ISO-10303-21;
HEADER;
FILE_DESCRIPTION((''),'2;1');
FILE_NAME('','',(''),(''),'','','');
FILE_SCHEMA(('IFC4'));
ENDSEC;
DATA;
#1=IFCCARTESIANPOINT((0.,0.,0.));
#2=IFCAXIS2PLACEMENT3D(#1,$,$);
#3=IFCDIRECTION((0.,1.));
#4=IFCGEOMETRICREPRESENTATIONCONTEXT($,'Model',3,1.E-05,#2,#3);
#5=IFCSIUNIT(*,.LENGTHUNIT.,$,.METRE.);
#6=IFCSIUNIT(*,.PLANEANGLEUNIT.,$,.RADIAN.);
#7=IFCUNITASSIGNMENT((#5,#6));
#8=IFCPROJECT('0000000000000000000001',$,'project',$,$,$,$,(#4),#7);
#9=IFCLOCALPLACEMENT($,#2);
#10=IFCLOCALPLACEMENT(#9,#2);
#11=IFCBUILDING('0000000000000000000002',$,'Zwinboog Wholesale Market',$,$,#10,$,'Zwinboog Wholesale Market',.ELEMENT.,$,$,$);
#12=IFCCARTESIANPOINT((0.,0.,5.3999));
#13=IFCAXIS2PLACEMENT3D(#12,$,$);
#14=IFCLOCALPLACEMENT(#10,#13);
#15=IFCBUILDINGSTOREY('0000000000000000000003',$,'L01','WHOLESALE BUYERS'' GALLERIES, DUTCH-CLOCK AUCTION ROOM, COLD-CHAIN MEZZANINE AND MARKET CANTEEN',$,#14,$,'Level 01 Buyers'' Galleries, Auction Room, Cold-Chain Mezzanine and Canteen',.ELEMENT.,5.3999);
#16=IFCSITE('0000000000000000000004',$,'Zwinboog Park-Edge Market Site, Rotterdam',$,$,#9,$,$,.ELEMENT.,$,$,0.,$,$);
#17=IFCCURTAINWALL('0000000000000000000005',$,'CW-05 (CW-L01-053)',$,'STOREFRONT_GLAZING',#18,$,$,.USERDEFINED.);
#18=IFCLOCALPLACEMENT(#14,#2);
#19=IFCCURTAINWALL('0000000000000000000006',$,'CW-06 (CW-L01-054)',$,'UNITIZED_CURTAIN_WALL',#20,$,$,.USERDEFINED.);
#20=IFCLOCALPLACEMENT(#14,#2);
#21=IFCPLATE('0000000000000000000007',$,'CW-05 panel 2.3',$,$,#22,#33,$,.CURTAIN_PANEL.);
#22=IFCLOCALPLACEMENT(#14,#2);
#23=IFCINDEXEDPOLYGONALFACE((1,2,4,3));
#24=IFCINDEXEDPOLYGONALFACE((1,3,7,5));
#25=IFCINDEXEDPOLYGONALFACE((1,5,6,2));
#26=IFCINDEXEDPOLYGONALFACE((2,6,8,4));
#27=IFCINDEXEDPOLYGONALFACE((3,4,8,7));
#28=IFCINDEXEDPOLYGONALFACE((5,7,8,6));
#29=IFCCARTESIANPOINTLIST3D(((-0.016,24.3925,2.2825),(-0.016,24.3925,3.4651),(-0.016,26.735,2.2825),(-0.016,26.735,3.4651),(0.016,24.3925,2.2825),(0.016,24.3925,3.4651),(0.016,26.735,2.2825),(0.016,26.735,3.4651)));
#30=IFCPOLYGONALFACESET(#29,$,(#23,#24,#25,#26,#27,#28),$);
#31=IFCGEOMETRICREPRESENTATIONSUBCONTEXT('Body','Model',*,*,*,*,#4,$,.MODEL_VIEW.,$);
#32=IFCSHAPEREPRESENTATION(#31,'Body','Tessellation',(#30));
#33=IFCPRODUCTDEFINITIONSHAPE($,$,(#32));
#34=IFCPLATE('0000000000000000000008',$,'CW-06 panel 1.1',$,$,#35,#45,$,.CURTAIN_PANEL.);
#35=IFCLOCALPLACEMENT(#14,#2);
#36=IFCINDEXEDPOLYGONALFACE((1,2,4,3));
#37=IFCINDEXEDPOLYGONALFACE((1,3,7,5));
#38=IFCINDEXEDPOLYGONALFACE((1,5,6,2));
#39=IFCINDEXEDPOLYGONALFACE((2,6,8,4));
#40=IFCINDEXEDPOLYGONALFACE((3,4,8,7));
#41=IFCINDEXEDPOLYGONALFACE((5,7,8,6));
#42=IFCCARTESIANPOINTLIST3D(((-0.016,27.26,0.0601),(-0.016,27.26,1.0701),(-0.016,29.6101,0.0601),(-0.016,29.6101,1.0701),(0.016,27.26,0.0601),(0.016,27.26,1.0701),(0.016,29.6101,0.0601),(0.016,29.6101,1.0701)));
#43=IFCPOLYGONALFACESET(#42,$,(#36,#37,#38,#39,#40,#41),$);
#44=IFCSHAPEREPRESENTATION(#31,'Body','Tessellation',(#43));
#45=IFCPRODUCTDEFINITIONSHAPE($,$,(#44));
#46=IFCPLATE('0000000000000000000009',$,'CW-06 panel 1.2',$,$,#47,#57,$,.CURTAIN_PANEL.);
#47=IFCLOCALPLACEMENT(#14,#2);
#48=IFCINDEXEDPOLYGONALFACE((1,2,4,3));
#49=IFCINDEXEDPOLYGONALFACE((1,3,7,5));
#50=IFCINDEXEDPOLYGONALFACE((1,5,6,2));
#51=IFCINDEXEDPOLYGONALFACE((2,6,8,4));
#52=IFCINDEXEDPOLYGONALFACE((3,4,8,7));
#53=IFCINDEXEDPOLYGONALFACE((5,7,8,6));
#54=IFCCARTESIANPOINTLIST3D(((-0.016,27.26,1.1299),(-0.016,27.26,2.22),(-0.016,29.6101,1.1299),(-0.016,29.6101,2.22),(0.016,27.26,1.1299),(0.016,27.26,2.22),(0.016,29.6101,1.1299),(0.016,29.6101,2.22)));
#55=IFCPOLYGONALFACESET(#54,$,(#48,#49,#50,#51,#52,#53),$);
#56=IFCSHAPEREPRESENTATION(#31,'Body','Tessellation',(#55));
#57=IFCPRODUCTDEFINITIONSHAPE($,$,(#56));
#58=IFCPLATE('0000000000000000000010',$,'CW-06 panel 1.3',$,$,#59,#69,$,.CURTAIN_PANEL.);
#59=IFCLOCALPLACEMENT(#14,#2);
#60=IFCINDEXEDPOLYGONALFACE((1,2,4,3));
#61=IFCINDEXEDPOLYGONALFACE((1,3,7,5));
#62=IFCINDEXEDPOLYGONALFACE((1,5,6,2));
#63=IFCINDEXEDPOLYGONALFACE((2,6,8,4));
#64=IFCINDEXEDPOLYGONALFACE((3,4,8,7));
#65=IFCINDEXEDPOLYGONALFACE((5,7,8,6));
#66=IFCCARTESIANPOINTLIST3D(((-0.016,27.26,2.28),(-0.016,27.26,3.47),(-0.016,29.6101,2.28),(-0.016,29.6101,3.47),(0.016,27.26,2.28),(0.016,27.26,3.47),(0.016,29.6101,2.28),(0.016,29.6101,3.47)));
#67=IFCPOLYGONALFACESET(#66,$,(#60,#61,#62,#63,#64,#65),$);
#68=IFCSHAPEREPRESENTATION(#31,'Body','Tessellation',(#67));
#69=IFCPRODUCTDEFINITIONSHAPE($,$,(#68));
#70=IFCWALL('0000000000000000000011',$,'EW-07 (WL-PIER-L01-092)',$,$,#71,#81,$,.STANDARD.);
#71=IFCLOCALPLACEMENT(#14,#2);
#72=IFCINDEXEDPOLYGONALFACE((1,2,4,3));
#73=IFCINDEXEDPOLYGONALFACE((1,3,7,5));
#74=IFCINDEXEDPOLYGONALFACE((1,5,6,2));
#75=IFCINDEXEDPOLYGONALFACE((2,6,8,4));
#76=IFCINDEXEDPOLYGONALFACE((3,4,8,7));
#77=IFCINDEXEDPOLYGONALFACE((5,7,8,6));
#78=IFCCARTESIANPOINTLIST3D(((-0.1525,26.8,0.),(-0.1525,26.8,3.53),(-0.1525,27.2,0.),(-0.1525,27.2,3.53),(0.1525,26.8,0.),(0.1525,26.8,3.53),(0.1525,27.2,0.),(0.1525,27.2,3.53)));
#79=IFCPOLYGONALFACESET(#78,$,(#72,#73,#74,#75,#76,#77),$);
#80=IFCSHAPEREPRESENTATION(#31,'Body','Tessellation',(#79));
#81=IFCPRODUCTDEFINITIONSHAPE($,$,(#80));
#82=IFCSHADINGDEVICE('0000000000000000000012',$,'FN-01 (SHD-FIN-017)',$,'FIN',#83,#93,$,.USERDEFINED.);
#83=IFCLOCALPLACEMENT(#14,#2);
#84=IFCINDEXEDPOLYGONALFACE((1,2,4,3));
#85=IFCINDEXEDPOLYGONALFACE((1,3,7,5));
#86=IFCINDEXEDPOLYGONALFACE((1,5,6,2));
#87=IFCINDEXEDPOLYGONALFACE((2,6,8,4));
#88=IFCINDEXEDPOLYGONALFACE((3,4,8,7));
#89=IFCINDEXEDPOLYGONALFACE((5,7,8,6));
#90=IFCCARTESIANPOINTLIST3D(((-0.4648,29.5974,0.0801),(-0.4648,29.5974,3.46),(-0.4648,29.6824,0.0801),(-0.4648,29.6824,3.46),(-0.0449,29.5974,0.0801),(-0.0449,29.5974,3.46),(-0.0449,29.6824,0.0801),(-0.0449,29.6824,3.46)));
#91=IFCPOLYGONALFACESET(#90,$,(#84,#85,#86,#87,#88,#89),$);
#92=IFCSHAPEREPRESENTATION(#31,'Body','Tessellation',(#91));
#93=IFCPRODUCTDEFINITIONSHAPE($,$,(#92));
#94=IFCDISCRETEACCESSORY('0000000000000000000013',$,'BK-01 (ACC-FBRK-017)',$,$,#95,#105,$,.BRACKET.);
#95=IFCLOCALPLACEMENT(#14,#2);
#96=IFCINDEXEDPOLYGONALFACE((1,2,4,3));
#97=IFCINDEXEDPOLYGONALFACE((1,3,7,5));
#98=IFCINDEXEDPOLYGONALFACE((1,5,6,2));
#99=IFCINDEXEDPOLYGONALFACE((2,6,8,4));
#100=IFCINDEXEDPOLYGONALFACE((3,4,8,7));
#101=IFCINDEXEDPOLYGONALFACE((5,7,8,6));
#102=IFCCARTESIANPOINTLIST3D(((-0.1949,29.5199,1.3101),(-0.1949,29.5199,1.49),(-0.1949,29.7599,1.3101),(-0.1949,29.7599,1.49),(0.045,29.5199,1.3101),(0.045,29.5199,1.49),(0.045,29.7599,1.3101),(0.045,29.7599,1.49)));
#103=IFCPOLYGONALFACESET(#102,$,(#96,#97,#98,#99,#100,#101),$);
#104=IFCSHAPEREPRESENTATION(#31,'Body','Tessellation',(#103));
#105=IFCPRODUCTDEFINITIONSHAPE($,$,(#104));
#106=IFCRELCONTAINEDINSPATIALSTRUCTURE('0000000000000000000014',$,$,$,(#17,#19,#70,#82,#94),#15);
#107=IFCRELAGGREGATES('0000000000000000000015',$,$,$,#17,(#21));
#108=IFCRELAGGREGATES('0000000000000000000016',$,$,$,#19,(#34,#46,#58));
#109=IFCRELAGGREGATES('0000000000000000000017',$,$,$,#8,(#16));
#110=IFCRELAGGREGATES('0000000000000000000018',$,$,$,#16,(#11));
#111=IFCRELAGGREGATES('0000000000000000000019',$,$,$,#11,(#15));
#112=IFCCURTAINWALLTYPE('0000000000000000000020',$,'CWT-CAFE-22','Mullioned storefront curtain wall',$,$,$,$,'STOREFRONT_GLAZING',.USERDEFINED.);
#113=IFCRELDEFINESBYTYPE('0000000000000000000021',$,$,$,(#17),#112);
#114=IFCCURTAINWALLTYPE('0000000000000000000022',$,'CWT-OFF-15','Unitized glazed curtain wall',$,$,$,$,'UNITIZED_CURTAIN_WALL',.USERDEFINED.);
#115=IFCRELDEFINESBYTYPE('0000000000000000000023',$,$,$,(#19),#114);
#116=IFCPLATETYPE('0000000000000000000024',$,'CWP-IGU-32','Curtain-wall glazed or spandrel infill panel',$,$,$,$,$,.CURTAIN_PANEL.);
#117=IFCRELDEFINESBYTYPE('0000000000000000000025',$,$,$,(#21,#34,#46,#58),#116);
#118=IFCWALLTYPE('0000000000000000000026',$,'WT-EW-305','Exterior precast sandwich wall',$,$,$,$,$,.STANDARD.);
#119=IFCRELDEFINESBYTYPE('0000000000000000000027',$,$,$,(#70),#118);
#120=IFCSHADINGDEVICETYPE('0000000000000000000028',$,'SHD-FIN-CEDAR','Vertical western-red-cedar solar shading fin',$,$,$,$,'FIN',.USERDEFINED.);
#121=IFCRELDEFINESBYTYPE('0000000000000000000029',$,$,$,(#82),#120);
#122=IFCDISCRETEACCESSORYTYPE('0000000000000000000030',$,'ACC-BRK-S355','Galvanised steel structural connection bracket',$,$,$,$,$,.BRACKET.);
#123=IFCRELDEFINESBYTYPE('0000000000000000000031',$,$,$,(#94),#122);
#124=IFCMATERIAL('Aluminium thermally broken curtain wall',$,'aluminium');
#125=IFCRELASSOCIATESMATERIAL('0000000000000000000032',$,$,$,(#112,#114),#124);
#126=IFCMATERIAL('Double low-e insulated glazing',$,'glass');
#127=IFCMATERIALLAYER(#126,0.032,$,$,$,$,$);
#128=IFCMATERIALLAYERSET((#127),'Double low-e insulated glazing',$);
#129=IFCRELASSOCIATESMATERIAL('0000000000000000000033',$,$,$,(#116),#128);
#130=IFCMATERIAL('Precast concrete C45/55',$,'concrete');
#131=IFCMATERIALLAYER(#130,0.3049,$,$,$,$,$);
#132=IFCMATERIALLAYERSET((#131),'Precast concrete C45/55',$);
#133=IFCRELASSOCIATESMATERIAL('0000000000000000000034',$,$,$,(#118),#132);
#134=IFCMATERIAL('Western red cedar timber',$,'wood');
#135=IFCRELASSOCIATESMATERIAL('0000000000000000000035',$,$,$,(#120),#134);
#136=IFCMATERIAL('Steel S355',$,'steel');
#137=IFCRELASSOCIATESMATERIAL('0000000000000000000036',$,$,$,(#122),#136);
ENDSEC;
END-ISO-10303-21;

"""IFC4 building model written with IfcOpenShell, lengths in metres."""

from ifc_helpers import new_model, si_unit, direction, frame, frame_2d, origin, origin_2d, place, context, subcontext, project, spatial, rectangle, extrude, material, layer, layer_set, type_object, element, aggregate, save


model = new_model("IFC4")

# Units and contexts
model_context = context("Model", 3, precision=1e-05, world=origin(), true_north=direction((0.0, 1.0)))
body_context = subcontext(model_context, "Body", "Model", "MODEL_VIEW")
ifc_project = project(units=[si_unit("LENGTHUNIT", "METRE"), si_unit("PLANEANGLEUNIT", "RADIAN")], contexts=[model_context])

# Site, building, storey
site_placement = place(None, origin())
site = spatial("IfcSite", under=ifc_project, at=site_placement, Name="Zwinboog Park-Edge Market Site, Rotterdam", CompositionType="ELEMENT", RefElevation=0.0)
building_placement = place(site_placement, origin())
building = spatial("IfcBuilding", under=site, at=building_placement, Name="Zwinboog Wholesale Market", LongName="Zwinboog Wholesale Market", CompositionType="ELEMENT")
storey_placement = place(building_placement, frame((0.0, 0.0, 5.3999)))
storey = spatial("IfcBuildingStorey", under=building, at=storey_placement, Name="L01", Description="WHOLESALE BUYERS' GALLERIES, DUTCH-CLOCK AUCTION ROOM, COLD-CHAIN MEZZANINE AND MARKET CANTEEN", LongName="Level 01 Buyers' Galleries, Auction Room, Cold-Chain Mezzanine and Canteen", CompositionType="ELEMENT", Elevation=5.3999)

# Curtain wall
ifc_material_1 = material(Name="Aluminium thermally broken curtain wall", Category="aluminium")
curtain_wall_type_1 = type_object("IfcCurtainWallType", Name="CWT-CAFE-22", Description="Mullioned storefront curtain wall", ElementType="STOREFRONT_GLAZING", PredefinedType="USERDEFINED", material=ifc_material_1)
curtain_wall_1_placement = place(storey_placement, origin())
curtain_wall_1 = element("IfcCurtainWall", 1, at=curtain_wall_1_placement, inside=storey, type_object=curtain_wall_type_1, Name="CW-05 (CW-L01-053)", ObjectType="STOREFRONT_GLAZING", PredefinedType="USERDEFINED")

# Curtain wall
curtain_wall_type_2 = type_object("IfcCurtainWallType", Name="CWT-OFF-15", Description="Unitized glazed curtain wall", ElementType="UNITIZED_CURTAIN_WALL", PredefinedType="USERDEFINED", material=ifc_material_1)
curtain_wall_2_placement = place(storey_placement, origin())
curtain_wall_2 = element("IfcCurtainWall", 2, at=curtain_wall_2_placement, inside=storey, type_object=curtain_wall_type_2, Name="CW-06 (CW-L01-054)", ObjectType="UNITIZED_CURTAIN_WALL", PredefinedType="USERDEFINED")

# Plates
ifc_material_2 = material(Name="Double low-e insulated glazing", Category="glass")
ifc_layer_1 = layer(ifc_material_2, 0.032)
ifc_layer_set_1 = layer_set([ifc_layer_1], Name="Double low-e insulated glazing")
plate_type = type_object("IfcPlateType", Name="CWP-IGU-32", Description="Curtain-wall glazed or spandrel infill panel", PredefinedType="CURTAIN_PANEL", material=ifc_layer_set_1)
plate_1_placement = place(storey_placement, frame((0.0, 25.5637, 2.2825), z_axis=(0.0, 0.0, 1.0), x_axis=(0.0, 1.0, 0.0)))
plate_1 = element("IfcPlate", 3, at=plate_1_placement, type_object=plate_type, Name="CW-05 panel 2.3", PredefinedType="CURTAIN_PANEL", context=body_context, shape_type="SweptSolid", body=[
    extrude(rectangle(XDim=2.3425, YDim=0.032, at=origin_2d()), origin(), (0.0, 0.0, 1.0), 1.1826),
])
aggregate(curtain_wall_1, [plate_1])
plate_2_placement = place(storey_placement, frame((0.0, 28.4351, 0.0601), z_axis=(0.0, 0.0, 1.0), x_axis=(0.0, 1.0, 0.0)))
plate_2 = element("IfcPlate", 4, at=plate_2_placement, type_object=plate_type, Name="CW-06 panel 1.1", PredefinedType="CURTAIN_PANEL", context=body_context, shape_type="SweptSolid", body=[
    extrude(rectangle(XDim=2.3501, YDim=0.032, at=origin_2d()), origin(), (0.0, 0.0, 1.0), 1.01),
])
plate_3_placement = place(storey_placement, frame((0.0, 28.4351, 1.1299), z_axis=(0.0, 0.0, 1.0), x_axis=(0.0, 1.0, 0.0)))
plate_3 = element("IfcPlate", 5, at=plate_3_placement, type_object=plate_type, Name="CW-06 panel 1.2", PredefinedType="CURTAIN_PANEL", context=body_context, shape_type="SweptSolid", body=[
    extrude(rectangle(XDim=2.3501, YDim=0.032, at=origin_2d()), origin(), (0.0, 0.0, 1.0), 1.0901),
])
plate_4_placement = place(storey_placement, frame((0.0, 28.4351, 2.28), z_axis=(0.0, 0.0, 1.0), x_axis=(0.0, 1.0, 0.0)))
plate_4 = element("IfcPlate", 6, at=plate_4_placement, type_object=plate_type, Name="CW-06 panel 1.3", PredefinedType="CURTAIN_PANEL", context=body_context, shape_type="SweptSolid", body=[
    extrude(rectangle(XDim=2.3501, YDim=0.032, at=origin_2d()), origin(), (0.0, 0.0, 1.0), 1.1899),
])
aggregate(curtain_wall_2, [plate_2, plate_3, plate_4])

# Wall
ifc_material_3 = material(Name="Precast concrete C45/55", Category="concrete")
ifc_layer_2 = layer(ifc_material_3, 0.3049)
ifc_layer_set_2 = layer_set([ifc_layer_2], Name="Precast concrete C45/55")
wall_type = type_object("IfcWallType", Name="WT-EW-305", Description="Exterior precast sandwich wall", PredefinedType="STANDARD", material=ifc_layer_set_2)
wall_placement = place(storey_placement, frame((0.0, 26.8, 0.0), z_axis=(0.0, 0.0, 1.0), x_axis=(0.0, 1.0, 0.0)))
element("IfcWall", 7, at=wall_placement, inside=storey, type_object=wall_type, Name="EW-07 (WL-PIER-L01-092)", PredefinedType="STANDARD", context=body_context, shape_type="SweptSolid", body=[
    extrude(rectangle(XDim=0.3999, YDim=0.3049, at=frame_2d((0.2, 0.0))), origin(), (0.0, 0.0, 1.0), 3.53),
])

# Shading device
ifc_material_4 = material(Name="Western red cedar timber", Category="wood")
shading_device_type = type_object("IfcShadingDeviceType", Name="SHD-FIN-CEDAR", Description="Vertical western-red-cedar solar shading fin", ElementType="FIN", PredefinedType="USERDEFINED", material=ifc_material_4)
shading_device_placement = place(storey_placement, frame((-0.2549, 29.6399, 0.0801), z_axis=(0.0, 0.0, 1.0), x_axis=(1.0, 0.0, 0.0)))
element("IfcShadingDevice", 8, at=shading_device_placement, inside=storey, type_object=shading_device_type, Name="FN-01 (SHD-FIN-017)", ObjectType="FIN", PredefinedType="USERDEFINED", context=body_context, shape_type="SweptSolid", body=[
    extrude(rectangle(XDim=0.4199, YDim=0.085, at=origin_2d()), origin(), (0.0, 0.0, 1.0), 3.3799),
])

# Discrete accessory
ifc_material_5 = material(Name="Steel S355", Category="steel")
discrete_accessory_type = type_object("IfcDiscreteAccessoryType", Name="ACC-BRK-S355", Description="Galvanised steel structural connection bracket", PredefinedType="BRACKET", material=ifc_material_5)
discrete_accessory_placement = place(storey_placement, frame((-0.075, 29.6399, 1.3101), z_axis=(0.0, 0.0, 1.0), x_axis=(1.0, 0.0, 0.0)))
element("IfcDiscreteAccessory", 9, at=discrete_accessory_placement, inside=storey, type_object=discrete_accessory_type, Name="BK-01 (ACC-FBRK-017)", PredefinedType="BRACKET", context=body_context, shape_type="SweptSolid", body=[
    extrude(rectangle(XDim=0.24, YDim=0.24, at=origin_2d()), origin(), (0.0, 0.0, 1.0), 0.1799),
])

save(model, "model.ifc")
